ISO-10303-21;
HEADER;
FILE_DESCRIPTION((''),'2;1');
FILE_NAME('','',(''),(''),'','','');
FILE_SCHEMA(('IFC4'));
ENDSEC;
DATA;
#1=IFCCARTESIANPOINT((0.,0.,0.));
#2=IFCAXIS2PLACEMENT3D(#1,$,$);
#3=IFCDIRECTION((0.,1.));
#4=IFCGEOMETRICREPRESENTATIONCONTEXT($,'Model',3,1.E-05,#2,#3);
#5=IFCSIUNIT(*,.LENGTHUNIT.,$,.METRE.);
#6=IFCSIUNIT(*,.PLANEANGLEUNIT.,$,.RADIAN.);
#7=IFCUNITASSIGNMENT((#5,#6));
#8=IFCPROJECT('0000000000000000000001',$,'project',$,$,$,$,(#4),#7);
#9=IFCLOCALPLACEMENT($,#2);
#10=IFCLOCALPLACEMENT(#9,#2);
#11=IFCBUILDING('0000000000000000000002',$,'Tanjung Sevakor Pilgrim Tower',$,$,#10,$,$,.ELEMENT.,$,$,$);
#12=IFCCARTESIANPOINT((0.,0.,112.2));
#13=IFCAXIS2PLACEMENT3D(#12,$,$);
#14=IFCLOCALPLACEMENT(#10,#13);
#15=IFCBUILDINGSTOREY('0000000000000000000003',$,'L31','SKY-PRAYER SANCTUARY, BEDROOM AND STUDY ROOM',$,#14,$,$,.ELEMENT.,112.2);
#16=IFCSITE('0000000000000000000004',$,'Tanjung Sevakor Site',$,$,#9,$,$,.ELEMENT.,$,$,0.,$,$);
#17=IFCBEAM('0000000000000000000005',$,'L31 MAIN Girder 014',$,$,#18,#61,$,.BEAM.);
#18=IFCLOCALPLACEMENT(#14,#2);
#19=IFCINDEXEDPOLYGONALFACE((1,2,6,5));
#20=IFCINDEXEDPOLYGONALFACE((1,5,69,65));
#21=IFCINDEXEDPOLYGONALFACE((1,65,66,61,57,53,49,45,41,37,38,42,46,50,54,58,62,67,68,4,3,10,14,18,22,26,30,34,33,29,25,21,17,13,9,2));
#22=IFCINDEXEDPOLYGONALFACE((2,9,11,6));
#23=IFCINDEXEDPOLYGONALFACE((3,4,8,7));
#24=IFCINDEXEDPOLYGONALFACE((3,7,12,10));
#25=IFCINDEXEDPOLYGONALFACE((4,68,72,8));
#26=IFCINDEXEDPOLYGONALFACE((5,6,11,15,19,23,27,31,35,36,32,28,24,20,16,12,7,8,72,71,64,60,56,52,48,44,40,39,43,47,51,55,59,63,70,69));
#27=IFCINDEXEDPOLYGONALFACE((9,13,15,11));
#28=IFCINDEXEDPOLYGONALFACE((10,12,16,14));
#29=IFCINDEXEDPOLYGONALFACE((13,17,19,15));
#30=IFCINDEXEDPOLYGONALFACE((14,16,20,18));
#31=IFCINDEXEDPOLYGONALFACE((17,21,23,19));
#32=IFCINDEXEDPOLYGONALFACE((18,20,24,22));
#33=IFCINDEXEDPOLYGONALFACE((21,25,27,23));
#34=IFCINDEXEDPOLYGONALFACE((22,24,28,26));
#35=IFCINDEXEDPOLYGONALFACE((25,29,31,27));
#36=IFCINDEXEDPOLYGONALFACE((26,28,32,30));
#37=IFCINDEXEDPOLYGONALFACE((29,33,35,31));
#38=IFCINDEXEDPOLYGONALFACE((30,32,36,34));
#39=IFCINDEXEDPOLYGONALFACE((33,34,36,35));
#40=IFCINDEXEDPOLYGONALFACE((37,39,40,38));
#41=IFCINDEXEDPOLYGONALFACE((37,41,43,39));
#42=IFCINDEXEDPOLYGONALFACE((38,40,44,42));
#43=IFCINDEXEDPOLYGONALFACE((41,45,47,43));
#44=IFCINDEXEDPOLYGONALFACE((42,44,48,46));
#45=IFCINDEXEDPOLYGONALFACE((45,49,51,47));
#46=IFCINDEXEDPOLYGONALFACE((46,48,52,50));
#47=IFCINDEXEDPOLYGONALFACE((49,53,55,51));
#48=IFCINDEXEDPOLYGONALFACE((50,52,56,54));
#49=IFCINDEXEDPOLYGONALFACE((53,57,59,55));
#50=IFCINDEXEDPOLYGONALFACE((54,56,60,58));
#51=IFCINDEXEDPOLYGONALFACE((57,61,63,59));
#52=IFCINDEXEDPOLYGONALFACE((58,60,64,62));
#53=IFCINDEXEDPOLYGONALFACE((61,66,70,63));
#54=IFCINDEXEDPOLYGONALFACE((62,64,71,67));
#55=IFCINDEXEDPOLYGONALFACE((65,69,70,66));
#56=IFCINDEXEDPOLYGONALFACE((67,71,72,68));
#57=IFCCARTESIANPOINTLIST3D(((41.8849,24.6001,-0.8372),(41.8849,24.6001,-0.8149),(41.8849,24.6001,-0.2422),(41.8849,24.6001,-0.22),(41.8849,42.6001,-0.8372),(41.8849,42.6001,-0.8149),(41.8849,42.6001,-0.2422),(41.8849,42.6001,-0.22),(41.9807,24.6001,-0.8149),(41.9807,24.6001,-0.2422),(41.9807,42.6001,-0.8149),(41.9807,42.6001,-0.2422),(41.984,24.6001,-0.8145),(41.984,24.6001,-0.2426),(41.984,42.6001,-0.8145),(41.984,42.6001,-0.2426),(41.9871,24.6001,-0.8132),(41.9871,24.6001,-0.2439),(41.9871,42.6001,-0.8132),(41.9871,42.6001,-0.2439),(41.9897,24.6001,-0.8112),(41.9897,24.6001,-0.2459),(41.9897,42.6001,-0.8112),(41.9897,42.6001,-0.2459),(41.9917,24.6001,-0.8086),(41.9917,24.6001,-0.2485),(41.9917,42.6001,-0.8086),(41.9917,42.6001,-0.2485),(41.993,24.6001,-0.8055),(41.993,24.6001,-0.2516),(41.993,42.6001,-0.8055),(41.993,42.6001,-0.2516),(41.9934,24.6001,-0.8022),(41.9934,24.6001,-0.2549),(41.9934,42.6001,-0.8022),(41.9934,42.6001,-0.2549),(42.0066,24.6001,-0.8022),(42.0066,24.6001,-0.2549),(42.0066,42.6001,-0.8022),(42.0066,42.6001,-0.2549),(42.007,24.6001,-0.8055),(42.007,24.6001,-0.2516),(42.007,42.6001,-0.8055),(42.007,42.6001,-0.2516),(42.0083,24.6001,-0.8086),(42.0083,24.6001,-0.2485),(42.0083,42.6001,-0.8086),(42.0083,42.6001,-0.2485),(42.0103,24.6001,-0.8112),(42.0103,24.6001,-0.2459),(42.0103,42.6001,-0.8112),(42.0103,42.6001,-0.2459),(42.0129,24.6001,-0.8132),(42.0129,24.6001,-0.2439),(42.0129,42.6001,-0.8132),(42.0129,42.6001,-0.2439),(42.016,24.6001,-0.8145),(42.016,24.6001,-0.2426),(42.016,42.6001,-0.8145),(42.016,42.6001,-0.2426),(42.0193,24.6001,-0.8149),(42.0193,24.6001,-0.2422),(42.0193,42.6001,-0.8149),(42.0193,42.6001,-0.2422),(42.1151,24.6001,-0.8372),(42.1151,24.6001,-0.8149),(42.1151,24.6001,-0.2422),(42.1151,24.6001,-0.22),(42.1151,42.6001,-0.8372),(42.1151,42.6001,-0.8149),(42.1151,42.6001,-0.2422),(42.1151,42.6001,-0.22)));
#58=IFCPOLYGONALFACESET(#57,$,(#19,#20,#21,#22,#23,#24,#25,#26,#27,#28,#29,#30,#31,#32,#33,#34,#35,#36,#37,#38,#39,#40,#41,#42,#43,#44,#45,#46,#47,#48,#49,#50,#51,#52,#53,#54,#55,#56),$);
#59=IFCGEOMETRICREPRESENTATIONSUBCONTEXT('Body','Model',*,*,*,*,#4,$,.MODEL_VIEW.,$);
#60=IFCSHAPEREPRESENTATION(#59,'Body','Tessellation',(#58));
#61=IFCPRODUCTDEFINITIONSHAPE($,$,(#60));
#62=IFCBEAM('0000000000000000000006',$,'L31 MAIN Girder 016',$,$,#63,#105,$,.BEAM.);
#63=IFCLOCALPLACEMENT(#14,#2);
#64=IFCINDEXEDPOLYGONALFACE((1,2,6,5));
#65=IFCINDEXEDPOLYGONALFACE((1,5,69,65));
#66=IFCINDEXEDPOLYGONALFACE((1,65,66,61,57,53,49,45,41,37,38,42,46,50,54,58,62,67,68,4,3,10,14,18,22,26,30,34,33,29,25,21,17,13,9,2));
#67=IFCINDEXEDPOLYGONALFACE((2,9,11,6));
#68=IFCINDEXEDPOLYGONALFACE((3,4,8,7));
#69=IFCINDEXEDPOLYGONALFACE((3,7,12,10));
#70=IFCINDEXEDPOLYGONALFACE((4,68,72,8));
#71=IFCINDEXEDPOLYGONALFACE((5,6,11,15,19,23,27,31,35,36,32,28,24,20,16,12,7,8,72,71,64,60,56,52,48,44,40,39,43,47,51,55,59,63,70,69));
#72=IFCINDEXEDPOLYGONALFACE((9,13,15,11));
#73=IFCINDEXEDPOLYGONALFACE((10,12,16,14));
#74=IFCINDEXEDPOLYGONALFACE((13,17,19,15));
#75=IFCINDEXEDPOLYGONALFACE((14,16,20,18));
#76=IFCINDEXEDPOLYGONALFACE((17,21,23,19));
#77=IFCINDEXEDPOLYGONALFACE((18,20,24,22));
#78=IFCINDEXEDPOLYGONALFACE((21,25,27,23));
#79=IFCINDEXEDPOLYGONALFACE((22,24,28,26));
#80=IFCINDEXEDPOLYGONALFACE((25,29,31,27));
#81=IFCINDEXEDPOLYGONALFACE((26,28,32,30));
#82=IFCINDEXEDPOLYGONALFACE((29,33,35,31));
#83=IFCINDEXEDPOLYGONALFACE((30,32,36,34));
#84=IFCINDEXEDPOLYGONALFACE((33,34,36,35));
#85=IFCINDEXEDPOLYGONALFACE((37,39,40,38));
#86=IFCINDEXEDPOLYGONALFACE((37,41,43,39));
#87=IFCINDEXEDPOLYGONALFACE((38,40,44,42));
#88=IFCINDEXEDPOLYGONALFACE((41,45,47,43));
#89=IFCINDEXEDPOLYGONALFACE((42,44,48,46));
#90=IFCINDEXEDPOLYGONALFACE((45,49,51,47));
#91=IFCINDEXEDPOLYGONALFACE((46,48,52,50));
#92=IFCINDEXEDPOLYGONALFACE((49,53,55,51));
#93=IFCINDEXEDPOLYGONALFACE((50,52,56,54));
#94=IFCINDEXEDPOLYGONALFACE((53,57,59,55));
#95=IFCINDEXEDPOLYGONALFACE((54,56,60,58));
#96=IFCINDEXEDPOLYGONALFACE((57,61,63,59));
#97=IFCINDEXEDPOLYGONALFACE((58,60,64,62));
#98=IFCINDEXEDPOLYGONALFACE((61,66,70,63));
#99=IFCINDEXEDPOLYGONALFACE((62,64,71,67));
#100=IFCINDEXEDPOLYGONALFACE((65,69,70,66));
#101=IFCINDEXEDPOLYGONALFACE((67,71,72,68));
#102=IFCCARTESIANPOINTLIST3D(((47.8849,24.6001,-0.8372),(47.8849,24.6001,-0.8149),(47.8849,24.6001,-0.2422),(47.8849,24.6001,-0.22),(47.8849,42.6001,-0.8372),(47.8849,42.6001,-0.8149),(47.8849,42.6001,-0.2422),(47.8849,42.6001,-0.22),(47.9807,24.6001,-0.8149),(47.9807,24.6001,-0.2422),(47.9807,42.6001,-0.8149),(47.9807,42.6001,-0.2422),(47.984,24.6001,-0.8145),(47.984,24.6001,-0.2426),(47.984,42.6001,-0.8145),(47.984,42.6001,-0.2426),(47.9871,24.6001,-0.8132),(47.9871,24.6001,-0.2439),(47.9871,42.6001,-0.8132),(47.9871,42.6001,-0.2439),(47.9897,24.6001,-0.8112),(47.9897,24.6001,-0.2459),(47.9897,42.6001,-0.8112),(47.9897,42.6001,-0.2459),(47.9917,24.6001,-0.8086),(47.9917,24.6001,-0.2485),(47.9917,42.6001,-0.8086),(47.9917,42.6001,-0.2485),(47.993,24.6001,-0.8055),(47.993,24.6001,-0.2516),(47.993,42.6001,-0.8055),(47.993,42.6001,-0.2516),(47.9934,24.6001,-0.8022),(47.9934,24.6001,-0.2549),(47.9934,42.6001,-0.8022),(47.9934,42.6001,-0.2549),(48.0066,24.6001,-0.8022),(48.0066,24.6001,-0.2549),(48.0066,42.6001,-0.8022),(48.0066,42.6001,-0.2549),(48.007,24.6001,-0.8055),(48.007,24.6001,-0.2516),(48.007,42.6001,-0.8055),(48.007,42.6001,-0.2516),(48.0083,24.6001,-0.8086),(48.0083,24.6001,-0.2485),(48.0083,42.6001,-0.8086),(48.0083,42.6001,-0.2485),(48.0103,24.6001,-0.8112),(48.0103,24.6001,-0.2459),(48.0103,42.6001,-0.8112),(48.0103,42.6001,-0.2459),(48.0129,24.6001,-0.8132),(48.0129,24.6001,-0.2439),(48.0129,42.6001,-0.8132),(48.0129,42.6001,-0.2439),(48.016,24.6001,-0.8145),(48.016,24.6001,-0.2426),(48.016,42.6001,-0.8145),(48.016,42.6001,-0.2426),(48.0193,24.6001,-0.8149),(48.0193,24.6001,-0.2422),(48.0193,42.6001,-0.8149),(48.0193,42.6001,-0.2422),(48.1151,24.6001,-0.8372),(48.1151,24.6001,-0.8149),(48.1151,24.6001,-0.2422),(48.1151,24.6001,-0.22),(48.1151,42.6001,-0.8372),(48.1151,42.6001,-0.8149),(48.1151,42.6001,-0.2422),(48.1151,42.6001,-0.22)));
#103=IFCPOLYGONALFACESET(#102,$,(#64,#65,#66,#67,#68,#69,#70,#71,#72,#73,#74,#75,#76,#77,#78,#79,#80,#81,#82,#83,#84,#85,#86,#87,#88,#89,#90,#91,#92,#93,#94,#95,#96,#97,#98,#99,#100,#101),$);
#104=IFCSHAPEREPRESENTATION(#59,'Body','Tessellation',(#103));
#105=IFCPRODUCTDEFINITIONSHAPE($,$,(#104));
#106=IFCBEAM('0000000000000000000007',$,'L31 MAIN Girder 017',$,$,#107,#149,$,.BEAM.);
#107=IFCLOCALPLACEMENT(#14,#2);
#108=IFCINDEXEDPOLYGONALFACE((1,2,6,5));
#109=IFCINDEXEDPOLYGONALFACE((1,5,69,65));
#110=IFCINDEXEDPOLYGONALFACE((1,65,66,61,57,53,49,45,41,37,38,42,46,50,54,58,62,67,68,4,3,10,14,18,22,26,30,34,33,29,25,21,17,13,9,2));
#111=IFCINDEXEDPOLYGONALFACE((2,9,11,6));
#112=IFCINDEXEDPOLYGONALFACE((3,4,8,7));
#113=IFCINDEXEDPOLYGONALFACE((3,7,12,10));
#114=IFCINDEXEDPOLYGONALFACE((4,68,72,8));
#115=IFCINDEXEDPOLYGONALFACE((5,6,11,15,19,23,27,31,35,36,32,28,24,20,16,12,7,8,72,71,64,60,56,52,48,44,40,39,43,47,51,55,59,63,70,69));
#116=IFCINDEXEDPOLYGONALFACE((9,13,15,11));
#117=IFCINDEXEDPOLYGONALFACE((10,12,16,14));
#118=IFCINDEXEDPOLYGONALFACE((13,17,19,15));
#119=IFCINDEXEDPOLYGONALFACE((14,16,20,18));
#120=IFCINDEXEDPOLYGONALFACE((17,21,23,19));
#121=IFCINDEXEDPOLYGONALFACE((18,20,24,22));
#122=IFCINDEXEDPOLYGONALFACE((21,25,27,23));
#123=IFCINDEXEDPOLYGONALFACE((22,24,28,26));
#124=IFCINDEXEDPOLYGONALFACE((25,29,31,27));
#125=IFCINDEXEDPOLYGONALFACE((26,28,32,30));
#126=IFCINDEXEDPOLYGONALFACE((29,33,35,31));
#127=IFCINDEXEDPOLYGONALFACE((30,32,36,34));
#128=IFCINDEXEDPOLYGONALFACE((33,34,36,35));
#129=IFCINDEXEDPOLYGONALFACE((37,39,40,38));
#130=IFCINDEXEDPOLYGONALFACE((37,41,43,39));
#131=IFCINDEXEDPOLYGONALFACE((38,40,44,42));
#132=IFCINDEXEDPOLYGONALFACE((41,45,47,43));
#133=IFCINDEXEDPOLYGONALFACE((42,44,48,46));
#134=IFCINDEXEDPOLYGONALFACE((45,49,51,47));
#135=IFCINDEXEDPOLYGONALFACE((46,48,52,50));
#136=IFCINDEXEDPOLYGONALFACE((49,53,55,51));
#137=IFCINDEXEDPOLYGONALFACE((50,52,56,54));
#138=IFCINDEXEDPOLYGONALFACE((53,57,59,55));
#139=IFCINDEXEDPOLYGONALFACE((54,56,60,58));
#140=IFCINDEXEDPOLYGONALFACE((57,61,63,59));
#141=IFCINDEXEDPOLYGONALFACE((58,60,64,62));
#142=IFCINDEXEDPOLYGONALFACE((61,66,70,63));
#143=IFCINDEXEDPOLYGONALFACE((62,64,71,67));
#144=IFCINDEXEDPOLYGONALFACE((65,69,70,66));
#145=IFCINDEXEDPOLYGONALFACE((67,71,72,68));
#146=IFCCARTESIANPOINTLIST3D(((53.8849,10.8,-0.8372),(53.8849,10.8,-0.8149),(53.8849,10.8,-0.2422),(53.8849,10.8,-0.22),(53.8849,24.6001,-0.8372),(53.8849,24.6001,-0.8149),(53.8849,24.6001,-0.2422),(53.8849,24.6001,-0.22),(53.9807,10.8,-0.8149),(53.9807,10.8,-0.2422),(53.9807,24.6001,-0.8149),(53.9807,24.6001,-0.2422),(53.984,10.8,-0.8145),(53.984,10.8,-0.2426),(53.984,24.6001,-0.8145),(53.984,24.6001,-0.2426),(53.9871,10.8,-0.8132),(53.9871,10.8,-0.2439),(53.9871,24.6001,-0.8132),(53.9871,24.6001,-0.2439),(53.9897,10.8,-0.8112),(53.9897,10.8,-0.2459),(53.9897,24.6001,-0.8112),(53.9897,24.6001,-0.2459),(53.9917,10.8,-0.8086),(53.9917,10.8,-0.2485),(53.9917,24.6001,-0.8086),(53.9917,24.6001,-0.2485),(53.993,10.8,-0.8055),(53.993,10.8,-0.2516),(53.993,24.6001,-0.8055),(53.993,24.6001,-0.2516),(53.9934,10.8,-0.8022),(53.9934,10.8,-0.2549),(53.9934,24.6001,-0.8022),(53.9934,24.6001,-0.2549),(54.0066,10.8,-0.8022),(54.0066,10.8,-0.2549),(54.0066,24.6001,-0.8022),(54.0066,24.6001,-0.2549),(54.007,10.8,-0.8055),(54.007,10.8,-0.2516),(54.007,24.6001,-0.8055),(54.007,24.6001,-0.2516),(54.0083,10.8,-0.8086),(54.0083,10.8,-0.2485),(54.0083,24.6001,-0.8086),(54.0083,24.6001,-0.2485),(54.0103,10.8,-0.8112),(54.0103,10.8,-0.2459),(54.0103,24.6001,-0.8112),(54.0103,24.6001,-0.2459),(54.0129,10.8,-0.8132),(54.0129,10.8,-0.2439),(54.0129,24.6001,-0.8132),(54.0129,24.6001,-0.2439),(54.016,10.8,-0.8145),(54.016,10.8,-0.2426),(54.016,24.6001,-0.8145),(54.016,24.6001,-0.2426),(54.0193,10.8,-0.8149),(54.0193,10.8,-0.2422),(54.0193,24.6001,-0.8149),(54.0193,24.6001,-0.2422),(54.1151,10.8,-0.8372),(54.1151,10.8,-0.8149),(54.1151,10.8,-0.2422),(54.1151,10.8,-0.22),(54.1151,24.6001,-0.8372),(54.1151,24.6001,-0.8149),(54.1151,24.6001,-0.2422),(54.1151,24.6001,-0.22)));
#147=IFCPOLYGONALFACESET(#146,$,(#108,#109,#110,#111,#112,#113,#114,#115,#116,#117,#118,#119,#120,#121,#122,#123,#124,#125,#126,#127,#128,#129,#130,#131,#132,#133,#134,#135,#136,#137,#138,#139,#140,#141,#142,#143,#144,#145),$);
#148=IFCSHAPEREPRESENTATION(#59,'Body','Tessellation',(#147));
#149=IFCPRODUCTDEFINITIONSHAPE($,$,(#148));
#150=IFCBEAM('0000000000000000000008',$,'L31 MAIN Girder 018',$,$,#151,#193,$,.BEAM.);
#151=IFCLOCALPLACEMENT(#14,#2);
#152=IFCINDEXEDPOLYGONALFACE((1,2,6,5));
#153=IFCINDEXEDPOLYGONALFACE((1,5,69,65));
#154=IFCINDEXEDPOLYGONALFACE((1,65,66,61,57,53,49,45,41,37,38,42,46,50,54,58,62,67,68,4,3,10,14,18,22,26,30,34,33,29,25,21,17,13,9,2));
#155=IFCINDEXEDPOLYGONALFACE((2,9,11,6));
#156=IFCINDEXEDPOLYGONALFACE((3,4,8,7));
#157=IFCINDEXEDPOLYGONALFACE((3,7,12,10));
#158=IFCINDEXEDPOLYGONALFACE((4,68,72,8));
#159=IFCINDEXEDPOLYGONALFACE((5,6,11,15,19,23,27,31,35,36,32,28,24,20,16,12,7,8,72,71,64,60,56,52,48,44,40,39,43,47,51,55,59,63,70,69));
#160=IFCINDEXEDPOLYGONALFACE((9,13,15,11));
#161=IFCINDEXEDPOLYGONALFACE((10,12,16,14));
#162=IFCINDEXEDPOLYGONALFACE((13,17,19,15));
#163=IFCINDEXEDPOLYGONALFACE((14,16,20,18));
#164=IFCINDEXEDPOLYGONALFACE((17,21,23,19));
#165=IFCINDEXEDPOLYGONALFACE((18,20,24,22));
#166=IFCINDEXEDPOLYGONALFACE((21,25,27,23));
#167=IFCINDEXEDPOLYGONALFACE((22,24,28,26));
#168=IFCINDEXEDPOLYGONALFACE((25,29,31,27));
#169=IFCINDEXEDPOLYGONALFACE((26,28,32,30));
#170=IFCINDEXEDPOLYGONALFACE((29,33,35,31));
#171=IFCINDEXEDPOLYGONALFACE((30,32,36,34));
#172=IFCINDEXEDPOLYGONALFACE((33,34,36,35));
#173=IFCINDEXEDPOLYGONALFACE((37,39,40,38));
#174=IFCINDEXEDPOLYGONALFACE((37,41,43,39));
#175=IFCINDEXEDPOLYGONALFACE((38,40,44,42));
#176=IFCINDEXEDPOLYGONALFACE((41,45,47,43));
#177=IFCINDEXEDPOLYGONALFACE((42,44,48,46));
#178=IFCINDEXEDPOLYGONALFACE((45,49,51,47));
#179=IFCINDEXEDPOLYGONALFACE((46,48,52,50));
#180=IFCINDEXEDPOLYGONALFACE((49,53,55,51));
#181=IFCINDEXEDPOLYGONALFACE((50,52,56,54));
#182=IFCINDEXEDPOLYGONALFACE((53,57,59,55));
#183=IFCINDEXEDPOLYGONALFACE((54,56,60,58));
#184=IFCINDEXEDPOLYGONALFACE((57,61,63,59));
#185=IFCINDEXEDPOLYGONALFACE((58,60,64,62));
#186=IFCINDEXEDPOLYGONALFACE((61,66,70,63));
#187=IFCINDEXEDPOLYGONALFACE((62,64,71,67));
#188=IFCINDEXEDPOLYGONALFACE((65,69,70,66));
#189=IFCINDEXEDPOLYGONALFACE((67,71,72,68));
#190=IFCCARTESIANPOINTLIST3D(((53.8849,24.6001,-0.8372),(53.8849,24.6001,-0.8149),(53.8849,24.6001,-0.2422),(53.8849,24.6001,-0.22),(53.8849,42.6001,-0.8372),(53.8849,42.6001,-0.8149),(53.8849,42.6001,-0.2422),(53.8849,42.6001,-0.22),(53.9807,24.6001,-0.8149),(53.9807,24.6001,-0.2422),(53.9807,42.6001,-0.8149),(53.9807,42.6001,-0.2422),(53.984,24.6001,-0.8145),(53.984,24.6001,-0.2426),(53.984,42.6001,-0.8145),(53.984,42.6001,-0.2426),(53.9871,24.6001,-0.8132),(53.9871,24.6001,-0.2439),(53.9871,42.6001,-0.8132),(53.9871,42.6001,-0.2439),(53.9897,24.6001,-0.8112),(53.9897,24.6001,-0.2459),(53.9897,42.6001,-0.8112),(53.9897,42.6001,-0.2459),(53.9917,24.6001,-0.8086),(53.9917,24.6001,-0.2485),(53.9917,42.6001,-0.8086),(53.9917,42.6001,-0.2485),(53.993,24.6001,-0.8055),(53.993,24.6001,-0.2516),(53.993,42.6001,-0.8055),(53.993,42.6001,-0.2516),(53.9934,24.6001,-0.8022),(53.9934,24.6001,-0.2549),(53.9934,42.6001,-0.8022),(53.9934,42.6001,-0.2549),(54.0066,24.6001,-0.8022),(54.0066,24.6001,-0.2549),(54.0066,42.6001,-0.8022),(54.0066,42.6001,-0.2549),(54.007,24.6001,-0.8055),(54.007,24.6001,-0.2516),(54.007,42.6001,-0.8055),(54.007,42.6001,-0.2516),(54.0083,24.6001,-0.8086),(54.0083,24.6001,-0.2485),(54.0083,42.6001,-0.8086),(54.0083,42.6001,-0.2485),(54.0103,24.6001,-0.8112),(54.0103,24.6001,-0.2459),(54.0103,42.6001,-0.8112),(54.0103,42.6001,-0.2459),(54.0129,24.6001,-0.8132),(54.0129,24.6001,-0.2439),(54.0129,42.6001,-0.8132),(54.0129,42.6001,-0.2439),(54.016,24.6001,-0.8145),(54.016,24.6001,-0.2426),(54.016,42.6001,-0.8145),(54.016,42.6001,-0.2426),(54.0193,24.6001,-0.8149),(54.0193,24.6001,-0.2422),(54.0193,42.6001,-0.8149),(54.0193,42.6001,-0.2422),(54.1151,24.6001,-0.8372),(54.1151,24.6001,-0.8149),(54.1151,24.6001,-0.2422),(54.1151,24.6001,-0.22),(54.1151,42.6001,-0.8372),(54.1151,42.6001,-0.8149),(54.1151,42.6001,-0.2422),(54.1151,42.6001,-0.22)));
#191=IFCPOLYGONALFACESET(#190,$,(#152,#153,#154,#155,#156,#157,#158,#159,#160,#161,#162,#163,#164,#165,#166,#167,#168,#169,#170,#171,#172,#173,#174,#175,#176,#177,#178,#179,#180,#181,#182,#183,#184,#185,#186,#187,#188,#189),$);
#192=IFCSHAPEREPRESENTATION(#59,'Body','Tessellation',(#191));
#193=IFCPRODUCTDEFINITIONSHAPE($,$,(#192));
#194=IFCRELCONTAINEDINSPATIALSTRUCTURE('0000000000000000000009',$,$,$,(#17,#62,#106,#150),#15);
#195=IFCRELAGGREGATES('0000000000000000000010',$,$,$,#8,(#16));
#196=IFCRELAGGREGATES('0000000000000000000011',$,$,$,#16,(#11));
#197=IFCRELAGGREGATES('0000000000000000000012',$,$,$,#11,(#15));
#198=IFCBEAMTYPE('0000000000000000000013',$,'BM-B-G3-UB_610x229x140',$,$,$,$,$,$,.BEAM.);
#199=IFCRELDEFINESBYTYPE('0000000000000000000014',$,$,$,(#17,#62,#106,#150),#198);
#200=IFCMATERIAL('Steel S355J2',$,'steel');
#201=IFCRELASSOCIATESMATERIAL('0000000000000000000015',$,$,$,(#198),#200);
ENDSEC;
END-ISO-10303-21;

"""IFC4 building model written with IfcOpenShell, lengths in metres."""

from ifc_helpers import new_model, si_unit, direction, frame, origin, origin_2d, place, context, subcontext, project, spatial, i_section, extrude, material, material_profile, profile_set, type_object, element, save


model = new_model("IFC4")

# Units and contexts
model_context = context("Model", 3, precision=1e-05, world=origin(), true_north=direction((0.0, 1.0)))
body_context = subcontext(model_context, "Body", "Model", "MODEL_VIEW")
ifc_project = project(units=[si_unit("LENGTHUNIT", "METRE"), si_unit("PLANEANGLEUNIT", "RADIAN")], contexts=[model_context])

# Site, building, storey
site_placement = place(None, origin())
site = spatial("IfcSite", under=ifc_project, at=site_placement, Name="Tanjung Sevakor Site", CompositionType="ELEMENT", RefElevation=0.0)
building_placement = place(site_placement, origin())
building = spatial("IfcBuilding", under=site, at=building_placement, Name="Tanjung Sevakor Pilgrim Tower", CompositionType="ELEMENT")
storey_placement = place(building_placement, frame((0.0, 0.0, 112.2)))
storey = spatial("IfcBuildingStorey", under=building, at=storey_placement, Name="L31", Description="SKY-PRAYER SANCTUARY, BEDROOM AND STUDY ROOM", CompositionType="ELEMENT", Elevation=112.2)

# Beams
ifc_material_1 = material(Name="Steel S355J2", Category="steel")
ifc_material_profile_1 = material_profile(ifc_material_1, i_section(OverallWidth=0.2302, OverallDepth=0.6172, WebThickness=0.0132, FlangeThickness=0.0222, FilletRadius=0.0127, at=origin_2d()))
ifc_profile_set_1 = profile_set([ifc_material_profile_1], Name="Steel S355J2")
beam_type_1 = type_object("IfcBeamType", Name="BM-B-G3-UB_610x229x140", PredefinedType="BEAM", material=ifc_profile_set_1)
for number, where, z_axis, x_axis, name in (
    (1, (42.0, 24.6001, -0.5286), (0.0, 1.0, 0.0), (-1.0, 0.0, 0.0), "L31 MAIN Girder 014"),
    (2, (48.0, 24.6001, -0.5286), (0.0, 1.0, 0.0), (-1.0, 0.0, 0.0), "L31 MAIN Girder 016"),
):
    element("IfcBeam", number, at=place(storey_placement, frame(where, z_axis=z_axis, x_axis=x_axis)), inside=storey, type_object=beam_type_1, Name=name, PredefinedType="BEAM", context=body_context, shape_type="SweptSolid", body=[
        extrude(i_section(OverallWidth=0.2302, OverallDepth=0.6172, WebThickness=0.0132, FlangeThickness=0.0222, FilletRadius=0.0127, at=origin_2d()), origin(), (0.0, 0.0, 1.0), 18.0),
    ])
beam_1_placement = place(storey_placement, frame((54.0, 10.8, -0.5286), z_axis=(0.0, 1.0, 0.0), x_axis=(-1.0, 0.0, 0.0)))
element("IfcBeam", 3, at=beam_1_placement, inside=storey, type_object=beam_type_1, Name="L31 MAIN Girder 017", PredefinedType="BEAM", context=body_context, shape_type="SweptSolid", body=[
    extrude(i_section(OverallWidth=0.2302, OverallDepth=0.6172, WebThickness=0.0132, FlangeThickness=0.0222, FilletRadius=0.0127, at=origin_2d()), origin(), (0.0, 0.0, 1.0), 13.8),
])
beam_2_placement = place(storey_placement, frame((54.0, 24.6001, -0.5286), z_axis=(0.0, 1.0, 0.0), x_axis=(-1.0, 0.0, 0.0)))
element("IfcBeam", 4, at=beam_2_placement, inside=storey, type_object=beam_type_1, Name="L31 MAIN Girder 018", PredefinedType="BEAM", context=body_context, shape_type="SweptSolid", body=[
    extrude(i_section(OverallWidth=0.2302, OverallDepth=0.6172, WebThickness=0.0132, FlangeThickness=0.0222, FilletRadius=0.0127, at=origin_2d()), origin(), (0.0, 0.0, 1.0), 18.0),
])

save(model, "model.ifc")
